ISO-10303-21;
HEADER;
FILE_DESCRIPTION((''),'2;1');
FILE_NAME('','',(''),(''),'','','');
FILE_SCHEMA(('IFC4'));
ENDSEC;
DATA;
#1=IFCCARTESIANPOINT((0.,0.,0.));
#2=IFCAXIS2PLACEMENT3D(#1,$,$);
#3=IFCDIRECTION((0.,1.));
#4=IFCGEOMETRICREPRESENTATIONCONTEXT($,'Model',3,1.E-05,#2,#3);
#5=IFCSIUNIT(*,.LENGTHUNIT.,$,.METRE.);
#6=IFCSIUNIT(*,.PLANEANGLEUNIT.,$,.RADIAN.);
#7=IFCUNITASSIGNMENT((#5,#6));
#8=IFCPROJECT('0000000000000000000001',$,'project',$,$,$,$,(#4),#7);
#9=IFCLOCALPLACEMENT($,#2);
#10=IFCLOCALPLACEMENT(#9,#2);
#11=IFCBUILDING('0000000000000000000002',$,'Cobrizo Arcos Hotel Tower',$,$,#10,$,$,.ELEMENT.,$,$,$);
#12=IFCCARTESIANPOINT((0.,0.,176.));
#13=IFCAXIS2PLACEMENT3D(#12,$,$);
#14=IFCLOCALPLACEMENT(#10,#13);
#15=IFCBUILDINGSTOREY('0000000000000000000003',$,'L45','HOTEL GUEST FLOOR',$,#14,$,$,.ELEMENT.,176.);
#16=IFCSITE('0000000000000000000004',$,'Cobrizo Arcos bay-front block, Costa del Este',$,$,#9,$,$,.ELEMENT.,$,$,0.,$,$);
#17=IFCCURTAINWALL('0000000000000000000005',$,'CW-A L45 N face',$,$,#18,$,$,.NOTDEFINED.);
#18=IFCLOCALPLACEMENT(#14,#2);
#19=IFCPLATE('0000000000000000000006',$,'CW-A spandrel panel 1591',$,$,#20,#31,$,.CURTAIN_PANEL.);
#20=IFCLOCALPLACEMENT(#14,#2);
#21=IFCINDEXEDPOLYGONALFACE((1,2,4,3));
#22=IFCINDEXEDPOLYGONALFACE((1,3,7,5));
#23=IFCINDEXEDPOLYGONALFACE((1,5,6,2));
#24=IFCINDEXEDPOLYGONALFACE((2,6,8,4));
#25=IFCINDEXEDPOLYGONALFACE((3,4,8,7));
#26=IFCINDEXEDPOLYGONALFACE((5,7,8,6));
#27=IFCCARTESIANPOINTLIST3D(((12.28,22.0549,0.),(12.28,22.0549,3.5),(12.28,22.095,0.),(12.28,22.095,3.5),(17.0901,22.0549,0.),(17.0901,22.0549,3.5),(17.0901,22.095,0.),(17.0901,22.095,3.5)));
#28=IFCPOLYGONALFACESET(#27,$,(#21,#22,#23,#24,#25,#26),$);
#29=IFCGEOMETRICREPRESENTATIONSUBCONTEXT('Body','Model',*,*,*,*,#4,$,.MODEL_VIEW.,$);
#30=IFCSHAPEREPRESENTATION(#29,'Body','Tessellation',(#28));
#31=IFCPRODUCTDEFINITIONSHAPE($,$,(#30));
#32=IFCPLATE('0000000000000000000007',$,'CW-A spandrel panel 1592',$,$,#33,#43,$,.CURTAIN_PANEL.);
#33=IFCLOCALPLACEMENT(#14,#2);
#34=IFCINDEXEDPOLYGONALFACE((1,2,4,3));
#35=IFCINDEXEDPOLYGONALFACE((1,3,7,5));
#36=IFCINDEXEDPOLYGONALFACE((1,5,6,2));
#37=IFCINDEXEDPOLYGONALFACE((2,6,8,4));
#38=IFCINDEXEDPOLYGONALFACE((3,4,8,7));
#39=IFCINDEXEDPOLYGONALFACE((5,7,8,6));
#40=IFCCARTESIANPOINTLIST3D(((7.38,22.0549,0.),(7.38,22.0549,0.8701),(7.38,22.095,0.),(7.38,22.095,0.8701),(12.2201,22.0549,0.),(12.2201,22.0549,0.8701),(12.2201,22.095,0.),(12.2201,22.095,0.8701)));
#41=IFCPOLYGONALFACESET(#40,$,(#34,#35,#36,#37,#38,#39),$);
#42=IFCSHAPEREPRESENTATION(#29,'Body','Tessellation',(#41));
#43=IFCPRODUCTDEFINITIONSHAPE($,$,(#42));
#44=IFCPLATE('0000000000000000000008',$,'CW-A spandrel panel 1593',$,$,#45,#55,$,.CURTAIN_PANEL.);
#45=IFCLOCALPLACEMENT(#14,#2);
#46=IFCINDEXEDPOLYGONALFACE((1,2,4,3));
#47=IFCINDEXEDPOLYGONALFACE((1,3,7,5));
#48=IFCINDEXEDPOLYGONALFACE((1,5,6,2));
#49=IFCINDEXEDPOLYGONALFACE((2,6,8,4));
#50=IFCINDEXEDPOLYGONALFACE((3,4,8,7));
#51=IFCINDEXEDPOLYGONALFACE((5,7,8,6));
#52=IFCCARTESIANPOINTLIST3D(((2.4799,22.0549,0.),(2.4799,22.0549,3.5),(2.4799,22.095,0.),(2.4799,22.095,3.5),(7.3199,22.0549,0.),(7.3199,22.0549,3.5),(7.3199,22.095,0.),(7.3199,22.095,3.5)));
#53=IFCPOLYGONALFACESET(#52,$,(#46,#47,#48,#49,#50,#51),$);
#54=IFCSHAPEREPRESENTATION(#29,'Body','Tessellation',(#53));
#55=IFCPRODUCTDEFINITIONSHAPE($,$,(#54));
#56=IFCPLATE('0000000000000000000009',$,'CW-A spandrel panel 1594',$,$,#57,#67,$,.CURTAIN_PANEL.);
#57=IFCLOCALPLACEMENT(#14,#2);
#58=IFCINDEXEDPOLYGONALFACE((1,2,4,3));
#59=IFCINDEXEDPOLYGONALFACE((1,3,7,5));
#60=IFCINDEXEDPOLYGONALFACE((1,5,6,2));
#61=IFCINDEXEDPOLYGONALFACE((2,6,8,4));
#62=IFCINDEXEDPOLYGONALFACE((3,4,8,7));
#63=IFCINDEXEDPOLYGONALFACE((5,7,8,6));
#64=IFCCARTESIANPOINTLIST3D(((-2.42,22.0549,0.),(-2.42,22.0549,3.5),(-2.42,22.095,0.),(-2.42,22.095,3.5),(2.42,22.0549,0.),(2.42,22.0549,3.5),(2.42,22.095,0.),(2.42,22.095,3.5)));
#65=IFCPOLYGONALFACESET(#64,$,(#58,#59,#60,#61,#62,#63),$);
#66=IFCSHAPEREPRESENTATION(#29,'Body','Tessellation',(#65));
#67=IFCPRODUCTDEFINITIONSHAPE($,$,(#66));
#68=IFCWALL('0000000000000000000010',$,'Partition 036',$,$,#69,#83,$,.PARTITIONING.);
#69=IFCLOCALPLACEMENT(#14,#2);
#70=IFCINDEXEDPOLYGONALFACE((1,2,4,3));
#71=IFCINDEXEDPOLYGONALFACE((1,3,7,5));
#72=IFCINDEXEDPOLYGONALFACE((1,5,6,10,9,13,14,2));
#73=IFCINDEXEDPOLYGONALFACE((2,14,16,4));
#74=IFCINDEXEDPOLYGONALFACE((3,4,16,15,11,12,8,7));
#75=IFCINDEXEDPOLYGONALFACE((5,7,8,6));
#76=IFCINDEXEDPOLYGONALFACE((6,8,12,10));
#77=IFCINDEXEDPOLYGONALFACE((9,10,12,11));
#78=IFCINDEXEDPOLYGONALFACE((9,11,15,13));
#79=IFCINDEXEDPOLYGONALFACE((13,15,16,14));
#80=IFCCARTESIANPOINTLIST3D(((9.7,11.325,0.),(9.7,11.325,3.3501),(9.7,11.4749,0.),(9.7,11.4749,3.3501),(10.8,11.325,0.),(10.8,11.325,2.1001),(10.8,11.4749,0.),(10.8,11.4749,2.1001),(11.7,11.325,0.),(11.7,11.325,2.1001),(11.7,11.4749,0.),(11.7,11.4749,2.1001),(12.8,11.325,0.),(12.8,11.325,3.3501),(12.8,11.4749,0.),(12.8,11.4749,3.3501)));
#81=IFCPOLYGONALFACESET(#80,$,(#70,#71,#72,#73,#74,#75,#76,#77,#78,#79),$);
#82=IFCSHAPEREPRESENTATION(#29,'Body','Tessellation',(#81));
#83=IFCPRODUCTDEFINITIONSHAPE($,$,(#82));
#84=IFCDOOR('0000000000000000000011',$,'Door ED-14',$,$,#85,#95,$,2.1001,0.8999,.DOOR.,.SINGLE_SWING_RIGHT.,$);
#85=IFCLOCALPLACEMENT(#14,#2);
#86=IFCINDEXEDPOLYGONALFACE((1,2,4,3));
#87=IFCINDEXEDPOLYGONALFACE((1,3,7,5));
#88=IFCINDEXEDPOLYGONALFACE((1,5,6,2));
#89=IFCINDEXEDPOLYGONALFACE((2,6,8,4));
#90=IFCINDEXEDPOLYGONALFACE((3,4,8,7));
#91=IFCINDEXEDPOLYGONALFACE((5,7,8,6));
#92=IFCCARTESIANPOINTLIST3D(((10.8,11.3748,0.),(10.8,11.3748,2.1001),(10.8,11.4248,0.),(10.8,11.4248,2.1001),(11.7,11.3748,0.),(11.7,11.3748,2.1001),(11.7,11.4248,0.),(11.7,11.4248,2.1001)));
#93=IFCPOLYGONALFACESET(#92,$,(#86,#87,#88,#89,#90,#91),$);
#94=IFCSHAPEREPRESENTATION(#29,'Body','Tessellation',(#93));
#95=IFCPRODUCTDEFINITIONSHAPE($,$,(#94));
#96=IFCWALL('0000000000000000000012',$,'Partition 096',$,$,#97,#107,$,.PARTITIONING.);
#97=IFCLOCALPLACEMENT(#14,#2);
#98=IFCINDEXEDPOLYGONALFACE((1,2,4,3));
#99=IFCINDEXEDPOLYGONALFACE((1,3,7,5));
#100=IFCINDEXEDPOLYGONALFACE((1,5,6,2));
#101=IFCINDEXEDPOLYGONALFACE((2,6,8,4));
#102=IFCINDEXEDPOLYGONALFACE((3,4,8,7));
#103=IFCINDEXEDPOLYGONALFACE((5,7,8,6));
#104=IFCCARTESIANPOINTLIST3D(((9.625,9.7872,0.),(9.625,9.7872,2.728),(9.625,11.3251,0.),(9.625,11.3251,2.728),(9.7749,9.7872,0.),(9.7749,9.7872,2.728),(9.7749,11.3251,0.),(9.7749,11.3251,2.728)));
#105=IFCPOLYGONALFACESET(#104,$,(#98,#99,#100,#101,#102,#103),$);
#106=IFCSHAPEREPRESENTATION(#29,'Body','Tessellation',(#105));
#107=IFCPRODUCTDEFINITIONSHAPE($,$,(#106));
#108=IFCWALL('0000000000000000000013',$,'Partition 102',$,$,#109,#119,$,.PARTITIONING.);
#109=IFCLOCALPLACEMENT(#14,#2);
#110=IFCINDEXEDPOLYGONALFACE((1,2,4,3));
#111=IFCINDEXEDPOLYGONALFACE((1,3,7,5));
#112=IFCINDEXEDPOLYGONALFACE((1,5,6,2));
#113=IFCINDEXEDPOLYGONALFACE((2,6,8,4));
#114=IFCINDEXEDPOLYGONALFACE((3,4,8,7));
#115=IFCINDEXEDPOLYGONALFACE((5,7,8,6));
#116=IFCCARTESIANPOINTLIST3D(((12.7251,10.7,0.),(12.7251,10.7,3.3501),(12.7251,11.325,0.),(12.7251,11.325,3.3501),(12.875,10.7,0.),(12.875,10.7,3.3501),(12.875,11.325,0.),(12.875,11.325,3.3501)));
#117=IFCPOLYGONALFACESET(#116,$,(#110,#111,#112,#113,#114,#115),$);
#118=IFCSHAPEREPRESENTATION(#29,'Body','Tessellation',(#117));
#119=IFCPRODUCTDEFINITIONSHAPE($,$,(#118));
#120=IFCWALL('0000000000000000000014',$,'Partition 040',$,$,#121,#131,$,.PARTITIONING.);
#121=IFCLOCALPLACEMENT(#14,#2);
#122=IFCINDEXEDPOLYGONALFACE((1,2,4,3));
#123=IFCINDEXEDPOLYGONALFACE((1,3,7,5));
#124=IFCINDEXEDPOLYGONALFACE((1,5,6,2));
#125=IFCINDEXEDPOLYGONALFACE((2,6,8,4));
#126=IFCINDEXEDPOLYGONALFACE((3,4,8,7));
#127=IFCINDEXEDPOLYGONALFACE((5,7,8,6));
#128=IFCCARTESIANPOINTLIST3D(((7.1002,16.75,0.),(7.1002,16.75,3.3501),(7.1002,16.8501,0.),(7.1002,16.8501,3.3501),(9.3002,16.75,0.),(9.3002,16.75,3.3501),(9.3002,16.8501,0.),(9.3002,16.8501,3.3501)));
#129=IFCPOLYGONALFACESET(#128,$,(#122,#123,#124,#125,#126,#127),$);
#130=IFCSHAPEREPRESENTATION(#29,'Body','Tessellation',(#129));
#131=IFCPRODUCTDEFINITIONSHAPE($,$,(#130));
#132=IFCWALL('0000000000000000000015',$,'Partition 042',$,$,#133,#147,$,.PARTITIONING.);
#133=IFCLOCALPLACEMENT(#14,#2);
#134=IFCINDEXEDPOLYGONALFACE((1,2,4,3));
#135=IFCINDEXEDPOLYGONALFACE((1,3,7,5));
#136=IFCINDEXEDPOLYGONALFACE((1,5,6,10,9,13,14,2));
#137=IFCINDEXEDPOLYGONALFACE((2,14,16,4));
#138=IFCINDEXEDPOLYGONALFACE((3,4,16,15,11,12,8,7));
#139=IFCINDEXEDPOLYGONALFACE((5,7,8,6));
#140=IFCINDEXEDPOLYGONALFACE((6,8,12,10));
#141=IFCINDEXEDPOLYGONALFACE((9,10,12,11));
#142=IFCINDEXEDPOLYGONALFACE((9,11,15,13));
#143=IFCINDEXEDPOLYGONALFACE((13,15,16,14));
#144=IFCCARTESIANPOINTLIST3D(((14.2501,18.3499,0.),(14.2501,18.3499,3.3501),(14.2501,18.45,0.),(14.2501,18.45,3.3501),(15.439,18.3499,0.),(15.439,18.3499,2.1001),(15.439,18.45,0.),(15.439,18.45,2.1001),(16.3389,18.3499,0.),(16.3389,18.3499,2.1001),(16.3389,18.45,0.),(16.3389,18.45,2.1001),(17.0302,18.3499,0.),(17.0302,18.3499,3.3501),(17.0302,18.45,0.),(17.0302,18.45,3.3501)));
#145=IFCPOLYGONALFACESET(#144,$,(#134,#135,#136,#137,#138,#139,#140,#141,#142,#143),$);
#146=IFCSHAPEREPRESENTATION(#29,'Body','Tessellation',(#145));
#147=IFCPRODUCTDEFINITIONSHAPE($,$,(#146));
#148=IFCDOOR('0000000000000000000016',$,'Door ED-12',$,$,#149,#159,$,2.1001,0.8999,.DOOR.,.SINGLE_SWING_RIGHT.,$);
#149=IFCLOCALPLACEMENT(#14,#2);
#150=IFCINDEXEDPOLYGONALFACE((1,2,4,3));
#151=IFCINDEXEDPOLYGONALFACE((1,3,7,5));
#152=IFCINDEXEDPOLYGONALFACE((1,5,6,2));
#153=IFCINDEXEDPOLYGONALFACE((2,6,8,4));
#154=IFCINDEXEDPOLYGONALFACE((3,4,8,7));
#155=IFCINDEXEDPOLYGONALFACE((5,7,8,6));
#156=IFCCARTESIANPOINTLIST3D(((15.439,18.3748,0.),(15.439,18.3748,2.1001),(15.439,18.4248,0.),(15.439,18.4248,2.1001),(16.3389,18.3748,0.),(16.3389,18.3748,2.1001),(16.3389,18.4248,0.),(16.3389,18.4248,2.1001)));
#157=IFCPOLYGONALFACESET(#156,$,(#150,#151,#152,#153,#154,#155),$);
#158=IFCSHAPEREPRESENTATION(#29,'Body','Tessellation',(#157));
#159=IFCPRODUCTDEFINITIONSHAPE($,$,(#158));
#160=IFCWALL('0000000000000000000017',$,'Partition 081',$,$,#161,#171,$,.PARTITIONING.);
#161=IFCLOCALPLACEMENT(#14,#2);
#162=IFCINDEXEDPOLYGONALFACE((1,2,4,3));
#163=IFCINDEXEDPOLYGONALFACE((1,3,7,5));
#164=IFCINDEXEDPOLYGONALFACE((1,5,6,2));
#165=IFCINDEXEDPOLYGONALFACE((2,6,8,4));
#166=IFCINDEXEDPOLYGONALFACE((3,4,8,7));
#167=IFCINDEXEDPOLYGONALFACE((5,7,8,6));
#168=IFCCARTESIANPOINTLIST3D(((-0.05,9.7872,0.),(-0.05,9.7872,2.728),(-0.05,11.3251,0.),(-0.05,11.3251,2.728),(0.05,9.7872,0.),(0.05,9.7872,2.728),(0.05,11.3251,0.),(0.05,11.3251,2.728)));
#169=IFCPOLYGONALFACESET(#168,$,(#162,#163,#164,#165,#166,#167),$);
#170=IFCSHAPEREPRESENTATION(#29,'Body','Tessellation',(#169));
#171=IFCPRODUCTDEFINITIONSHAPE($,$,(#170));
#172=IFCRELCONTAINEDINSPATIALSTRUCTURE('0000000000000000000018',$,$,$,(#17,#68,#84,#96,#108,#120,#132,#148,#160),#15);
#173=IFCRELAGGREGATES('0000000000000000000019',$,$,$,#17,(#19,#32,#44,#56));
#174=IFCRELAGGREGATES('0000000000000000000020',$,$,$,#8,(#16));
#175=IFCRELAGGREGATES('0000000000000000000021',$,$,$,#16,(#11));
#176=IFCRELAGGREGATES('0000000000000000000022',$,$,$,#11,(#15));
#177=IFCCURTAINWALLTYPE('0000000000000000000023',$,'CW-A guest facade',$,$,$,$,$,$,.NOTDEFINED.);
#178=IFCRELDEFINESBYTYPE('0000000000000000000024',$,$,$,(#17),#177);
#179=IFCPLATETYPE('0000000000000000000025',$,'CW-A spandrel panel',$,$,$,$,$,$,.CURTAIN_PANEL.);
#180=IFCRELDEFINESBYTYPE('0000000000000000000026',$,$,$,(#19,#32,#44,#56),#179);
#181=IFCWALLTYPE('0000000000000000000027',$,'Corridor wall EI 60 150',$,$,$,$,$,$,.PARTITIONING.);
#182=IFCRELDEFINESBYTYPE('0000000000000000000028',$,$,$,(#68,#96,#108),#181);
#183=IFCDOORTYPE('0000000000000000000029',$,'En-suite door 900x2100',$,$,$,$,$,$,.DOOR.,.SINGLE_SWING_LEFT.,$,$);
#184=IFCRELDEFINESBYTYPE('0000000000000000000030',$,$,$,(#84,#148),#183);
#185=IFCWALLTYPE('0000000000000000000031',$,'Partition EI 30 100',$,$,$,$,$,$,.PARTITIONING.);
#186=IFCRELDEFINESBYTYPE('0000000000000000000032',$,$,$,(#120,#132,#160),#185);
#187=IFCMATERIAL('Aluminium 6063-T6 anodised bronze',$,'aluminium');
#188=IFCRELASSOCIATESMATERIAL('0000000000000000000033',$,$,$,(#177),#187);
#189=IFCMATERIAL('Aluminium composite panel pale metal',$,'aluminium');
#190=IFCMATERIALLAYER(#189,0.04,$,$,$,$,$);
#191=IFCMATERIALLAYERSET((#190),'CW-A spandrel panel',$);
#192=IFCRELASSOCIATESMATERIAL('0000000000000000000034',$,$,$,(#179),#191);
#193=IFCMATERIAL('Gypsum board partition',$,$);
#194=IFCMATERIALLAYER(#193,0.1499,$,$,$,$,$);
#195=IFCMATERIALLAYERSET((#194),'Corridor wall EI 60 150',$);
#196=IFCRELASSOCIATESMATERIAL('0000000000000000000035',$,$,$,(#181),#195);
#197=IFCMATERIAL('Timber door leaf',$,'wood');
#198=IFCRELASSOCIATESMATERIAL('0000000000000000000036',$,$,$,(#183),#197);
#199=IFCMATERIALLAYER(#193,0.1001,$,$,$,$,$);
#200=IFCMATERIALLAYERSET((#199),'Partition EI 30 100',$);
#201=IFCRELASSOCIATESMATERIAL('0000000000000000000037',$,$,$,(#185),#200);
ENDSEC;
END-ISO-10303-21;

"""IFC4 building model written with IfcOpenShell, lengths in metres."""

from ifc_helpers import new_model, si_unit, direction, frame, frame_2d, origin, origin_2d, place, context, subcontext, project, spatial, rectangle, extrude, material, layer, layer_set, type_object, element, fill, aggregate, save


model = new_model("IFC4")

# Units and contexts
model_context = context("Model", 3, precision=1e-05, world=origin(), true_north=direction((0.0, 1.0)))
body_context = subcontext(model_context, "Body", "Model", "MODEL_VIEW")
ifc_project = project(units=[si_unit("LENGTHUNIT", "METRE"), si_unit("PLANEANGLEUNIT", "RADIAN")], contexts=[model_context])

# Site, building, storey
site_placement = place(None, origin())
site = spatial("IfcSite", under=ifc_project, at=site_placement, Name="Cobrizo Arcos bay-front block, Costa del Este", CompositionType="ELEMENT", RefElevation=0.0)
building_placement = place(site_placement, origin())
building = spatial("IfcBuilding", under=site, at=building_placement, Name="Cobrizo Arcos Hotel Tower", CompositionType="ELEMENT")
storey_placement = place(building_placement, frame((0.0, 0.0, 176.0)))
storey = spatial("IfcBuildingStorey", under=building, at=storey_placement, Name="L45", Description="HOTEL GUEST FLOOR", CompositionType="ELEMENT", Elevation=176.0)

# Curtain wall
ifc_material_1 = material(Name="Aluminium 6063-T6 anodised bronze", Category="aluminium")
curtain_wall_type = type_object("IfcCurtainWallType", Name="CW-A guest facade", PredefinedType="NOTDEFINED", material=ifc_material_1)
curtain_wall_placement = place(storey_placement, origin())
curtain_wall = element("IfcCurtainWall", 1, at=curtain_wall_placement, inside=storey, type_object=curtain_wall_type, Name="CW-A L45 N face", PredefinedType="NOTDEFINED")

# Plates
ifc_material_2 = material(Name="Aluminium composite panel pale metal", Category="aluminium")
ifc_layer_1 = layer(ifc_material_2, 0.04)
ifc_layer_set_1 = layer_set([ifc_layer_1], Name="CW-A spandrel panel")
plate_type_1 = type_object("IfcPlateType", Name="CW-A spandrel panel", PredefinedType="CURTAIN_PANEL", material=ifc_layer_set_1)
plate_1_placement = place(storey_placement, frame((14.6851, 22.075, 0.0), z_axis=(0.0, 0.0, 1.0), x_axis=(-1.0, 0.0, 0.0)))
plate_1 = element("IfcPlate", 2, at=plate_1_placement, type_object=plate_type_1, Name="CW-A spandrel panel 1591", PredefinedType="CURTAIN_PANEL", context=body_context, shape_type="SweptSolid", body=[
    extrude(rectangle(XDim=4.8101, YDim=0.04, at=origin_2d()), origin(), (0.0, 0.0, 1.0), 3.5),
])
plate_2_placement = place(storey_placement, frame((9.8, 22.075, 0.0), z_axis=(0.0, 0.0, 1.0), x_axis=(-1.0, 0.0, 0.0)))
plate_2 = element("IfcPlate", 3, at=plate_2_placement, type_object=plate_type_1, Name="CW-A spandrel panel 1592", PredefinedType="CURTAIN_PANEL", context=body_context, shape_type="SweptSolid", body=[
    extrude(rectangle(XDim=4.8401, YDim=0.04, at=origin_2d()), origin(), (0.0, 0.0, 1.0), 0.8701),
])
plate_3_placement = place(storey_placement, frame((4.8999, 22.075, 0.0), z_axis=(0.0, 0.0, 1.0), x_axis=(-1.0, 0.0, 0.0)))
plate_3 = element("IfcPlate", 4, at=plate_3_placement, type_object=plate_type_1, Name="CW-A spandrel panel 1593", PredefinedType="CURTAIN_PANEL", context=body_context, shape_type="SweptSolid", body=[
    extrude(rectangle(XDim=4.8401, YDim=0.04, at=origin_2d()), origin(), (0.0, 0.0, 1.0), 3.5),
])
plate_4_placement = place(storey_placement, frame((0.0, 22.075, 0.0), z_axis=(0.0, 0.0, 1.0), x_axis=(-1.0, 0.0, 0.0)))
plate_4 = element("IfcPlate", 5, at=plate_4_placement, type_object=plate_type_1, Name="CW-A spandrel panel 1594", PredefinedType="CURTAIN_PANEL", context=body_context, shape_type="SweptSolid", body=[
    extrude(rectangle(XDim=4.8401, YDim=0.04, at=origin_2d()), origin(), (0.0, 0.0, 1.0), 3.5),
])
aggregate(curtain_wall, [plate_1, plate_2, plate_3, plate_4])

# Wall, opening, door
ifc_material_3 = material(Name="Gypsum board partition")
ifc_layer_2 = layer(ifc_material_3, 0.1499)
ifc_layer_set_2 = layer_set([ifc_layer_2], Name="Corridor wall EI 60 150")
wall_type_1 = type_object("IfcWallType", Name="Corridor wall EI 60 150", PredefinedType="PARTITIONING", material=ifc_layer_set_2)
wall_1_placement = place(storey_placement, frame((9.7, 11.3999, 0.0), z_axis=(0.0, 0.0, 1.0), x_axis=(1.0, 0.0, 0.0)))
wall_1 = element("IfcWall", 6, at=wall_1_placement, inside=storey, type_object=wall_type_1, Name="Partition 036", PredefinedType="PARTITIONING", context=body_context, shape_type="SweptSolid", body=[
    extrude(rectangle(XDim=3.1001, YDim=0.1499, at=frame_2d((1.55, 0.0))), origin(), (0.0, 0.0, 1.0), 3.3501),
])
opening_1_placement = place(wall_1_placement, frame((1.1001, 0.0, 0.0)))
opening_1 = element("IfcOpeningElement", 7, at=opening_1_placement, cuts=wall_1, PredefinedType="OPENING", context=body_context, shape_type="SweptSolid", body=[
    extrude(rectangle(XDim=0.8999, YDim=2.1001, at=frame_2d((0.45, 1.05))), frame((0.0, 0.0869, 0.0), z_axis=(0.0, -1.0, 0.0), x_axis=(1.0, 0.0, 0.0)), (0.0, 0.0, 1.0), 0.1738),
])
ifc_material_4 = material(Name="Timber door leaf", Category="wood")
door_type_1 = type_object("IfcDoorType", Name="En-suite door 900x2100", OperationType="SINGLE_SWING_LEFT", PredefinedType="DOOR", material=ifc_material_4)
door_1_placement = place(opening_1_placement, origin())
door_1 = element("IfcDoor", 8, at=door_1_placement, inside=storey, type_object=door_type_1, Name="Door ED-14", OperationType="SINGLE_SWING_RIGHT", OverallHeight=2.1001, OverallWidth=0.8999, PredefinedType="DOOR", context=body_context, shape_type="SweptSolid", body=[
    extrude(rectangle(XDim=0.8999, YDim=2.1001, at=frame_2d((0.45, 1.05))), frame((0.0, 0.0249, 0.0), z_axis=(0.0, -1.0, 0.0), x_axis=(1.0, 0.0, 0.0)), (0.0, 0.0, 1.0), 0.05),
])
fill(opening_1, door_1)

# Walls
wall_2_placement = place(storey_placement, frame((9.7, 9.7871, 0.0), z_axis=(0.0, 0.0, 1.0), x_axis=(0.0, 1.0, 0.0)))
element("IfcWall", 9, at=wall_2_placement, inside=storey, type_object=wall_type_1, Name="Partition 096", PredefinedType="PARTITIONING", context=body_context, shape_type="SweptSolid", body=[
    extrude(rectangle(XDim=1.5378, YDim=0.1499, at=frame_2d((0.769, 0.0))), origin(), (0.0, 0.0, 1.0), 2.728),
])
wall_3_placement = place(storey_placement, frame((12.8, 10.7, 0.0), z_axis=(0.0, 0.0, 1.0), x_axis=(0.0, 1.0, 0.0)))
element("IfcWall", 10, at=wall_3_placement, inside=storey, type_object=wall_type_1, Name="Partition 102", PredefinedType="PARTITIONING", context=body_context, shape_type="SweptSolid", body=[
    extrude(rectangle(XDim=0.625, YDim=0.1499, at=frame_2d((0.3125, 0.0))), origin(), (0.0, 0.0, 1.0), 3.3501),
])
ifc_layer_3 = layer(ifc_material_3, 0.1001)
ifc_layer_set_3 = layer_set([ifc_layer_3], Name="Partition EI 30 100")
wall_type_2 = type_object("IfcWallType", Name="Partition EI 30 100", PredefinedType="PARTITIONING", material=ifc_layer_set_3)
wall_4_placement = place(storey_placement, frame((7.1001, 16.8, 0.0), z_axis=(0.0, 0.0, 1.0), x_axis=(1.0, 0.0, 0.0)))
element("IfcWall", 11, at=wall_4_placement, inside=storey, type_object=wall_type_2, Name="Partition 040", PredefinedType="PARTITIONING", context=body_context, shape_type="SweptSolid", body=[
    extrude(rectangle(XDim=2.2, YDim=0.1001, at=frame_2d((1.1001, 0.0))), origin(), (0.0, 0.0, 1.0), 3.3501),
])

# Wall, opening, door
wall_5_placement = place(storey_placement, frame((14.25, 18.3999, 0.0), z_axis=(0.0, 0.0, 1.0), x_axis=(1.0, 0.0, 0.0)))
wall_5 = element("IfcWall", 12, at=wall_5_placement, inside=storey, type_object=wall_type_2, Name="Partition 042", PredefinedType="PARTITIONING", context=body_context, shape_type="SweptSolid", body=[
    extrude(rectangle(XDim=2.78, YDim=0.1001, at=frame_2d((1.3901, 0.0))), origin(), (0.0, 0.0, 1.0), 3.3501),
])
opening_2_placement = place(wall_5_placement, frame((1.189, 0.0, 0.0)))
opening_2 = element("IfcOpeningElement", 13, at=opening_2_placement, cuts=wall_5, PredefinedType="OPENING", context=body_context, shape_type="SweptSolid", body=[
    extrude(rectangle(XDim=0.8999, YDim=2.1001, at=frame_2d((0.45, 1.05))), frame((0.0, 0.062, 0.0), z_axis=(0.0, -1.0, 0.0), x_axis=(1.0, 0.0, 0.0)), (0.0, 0.0, 1.0), 0.124),
])
door_2_placement = place(opening_2_placement, origin())
door_2 = element("IfcDoor", 14, at=door_2_placement, inside=storey, type_object=door_type_1, Name="Door ED-12", OperationType="SINGLE_SWING_RIGHT", OverallHeight=2.1001, OverallWidth=0.8999, PredefinedType="DOOR", context=body_context, shape_type="SweptSolid", body=[
    extrude(rectangle(XDim=0.8999, YDim=2.1001, at=frame_2d((0.45, 1.05))), frame((0.0, 0.0249, 0.0), z_axis=(0.0, -1.0, 0.0), x_axis=(1.0, 0.0, 0.0)), (0.0, 0.0, 1.0), 0.05),
])
fill(opening_2, door_2)

# Wall
wall_6_placement = place(storey_placement, frame((0.0, 9.7871, 0.0), z_axis=(0.0, 0.0, 1.0), x_axis=(0.0, 1.0, 0.0)))
element("IfcWall", 15, at=wall_6_placement, inside=storey, type_object=wall_type_2, Name="Partition 081", PredefinedType="PARTITIONING", context=body_context, shape_type="SweptSolid", body=[
    extrude(rectangle(XDim=1.5378, YDim=0.1001, at=frame_2d((0.769, 0.0))), origin(), (0.0, 0.0, 1.0), 2.728),
])

save(model, "model.ifc")
